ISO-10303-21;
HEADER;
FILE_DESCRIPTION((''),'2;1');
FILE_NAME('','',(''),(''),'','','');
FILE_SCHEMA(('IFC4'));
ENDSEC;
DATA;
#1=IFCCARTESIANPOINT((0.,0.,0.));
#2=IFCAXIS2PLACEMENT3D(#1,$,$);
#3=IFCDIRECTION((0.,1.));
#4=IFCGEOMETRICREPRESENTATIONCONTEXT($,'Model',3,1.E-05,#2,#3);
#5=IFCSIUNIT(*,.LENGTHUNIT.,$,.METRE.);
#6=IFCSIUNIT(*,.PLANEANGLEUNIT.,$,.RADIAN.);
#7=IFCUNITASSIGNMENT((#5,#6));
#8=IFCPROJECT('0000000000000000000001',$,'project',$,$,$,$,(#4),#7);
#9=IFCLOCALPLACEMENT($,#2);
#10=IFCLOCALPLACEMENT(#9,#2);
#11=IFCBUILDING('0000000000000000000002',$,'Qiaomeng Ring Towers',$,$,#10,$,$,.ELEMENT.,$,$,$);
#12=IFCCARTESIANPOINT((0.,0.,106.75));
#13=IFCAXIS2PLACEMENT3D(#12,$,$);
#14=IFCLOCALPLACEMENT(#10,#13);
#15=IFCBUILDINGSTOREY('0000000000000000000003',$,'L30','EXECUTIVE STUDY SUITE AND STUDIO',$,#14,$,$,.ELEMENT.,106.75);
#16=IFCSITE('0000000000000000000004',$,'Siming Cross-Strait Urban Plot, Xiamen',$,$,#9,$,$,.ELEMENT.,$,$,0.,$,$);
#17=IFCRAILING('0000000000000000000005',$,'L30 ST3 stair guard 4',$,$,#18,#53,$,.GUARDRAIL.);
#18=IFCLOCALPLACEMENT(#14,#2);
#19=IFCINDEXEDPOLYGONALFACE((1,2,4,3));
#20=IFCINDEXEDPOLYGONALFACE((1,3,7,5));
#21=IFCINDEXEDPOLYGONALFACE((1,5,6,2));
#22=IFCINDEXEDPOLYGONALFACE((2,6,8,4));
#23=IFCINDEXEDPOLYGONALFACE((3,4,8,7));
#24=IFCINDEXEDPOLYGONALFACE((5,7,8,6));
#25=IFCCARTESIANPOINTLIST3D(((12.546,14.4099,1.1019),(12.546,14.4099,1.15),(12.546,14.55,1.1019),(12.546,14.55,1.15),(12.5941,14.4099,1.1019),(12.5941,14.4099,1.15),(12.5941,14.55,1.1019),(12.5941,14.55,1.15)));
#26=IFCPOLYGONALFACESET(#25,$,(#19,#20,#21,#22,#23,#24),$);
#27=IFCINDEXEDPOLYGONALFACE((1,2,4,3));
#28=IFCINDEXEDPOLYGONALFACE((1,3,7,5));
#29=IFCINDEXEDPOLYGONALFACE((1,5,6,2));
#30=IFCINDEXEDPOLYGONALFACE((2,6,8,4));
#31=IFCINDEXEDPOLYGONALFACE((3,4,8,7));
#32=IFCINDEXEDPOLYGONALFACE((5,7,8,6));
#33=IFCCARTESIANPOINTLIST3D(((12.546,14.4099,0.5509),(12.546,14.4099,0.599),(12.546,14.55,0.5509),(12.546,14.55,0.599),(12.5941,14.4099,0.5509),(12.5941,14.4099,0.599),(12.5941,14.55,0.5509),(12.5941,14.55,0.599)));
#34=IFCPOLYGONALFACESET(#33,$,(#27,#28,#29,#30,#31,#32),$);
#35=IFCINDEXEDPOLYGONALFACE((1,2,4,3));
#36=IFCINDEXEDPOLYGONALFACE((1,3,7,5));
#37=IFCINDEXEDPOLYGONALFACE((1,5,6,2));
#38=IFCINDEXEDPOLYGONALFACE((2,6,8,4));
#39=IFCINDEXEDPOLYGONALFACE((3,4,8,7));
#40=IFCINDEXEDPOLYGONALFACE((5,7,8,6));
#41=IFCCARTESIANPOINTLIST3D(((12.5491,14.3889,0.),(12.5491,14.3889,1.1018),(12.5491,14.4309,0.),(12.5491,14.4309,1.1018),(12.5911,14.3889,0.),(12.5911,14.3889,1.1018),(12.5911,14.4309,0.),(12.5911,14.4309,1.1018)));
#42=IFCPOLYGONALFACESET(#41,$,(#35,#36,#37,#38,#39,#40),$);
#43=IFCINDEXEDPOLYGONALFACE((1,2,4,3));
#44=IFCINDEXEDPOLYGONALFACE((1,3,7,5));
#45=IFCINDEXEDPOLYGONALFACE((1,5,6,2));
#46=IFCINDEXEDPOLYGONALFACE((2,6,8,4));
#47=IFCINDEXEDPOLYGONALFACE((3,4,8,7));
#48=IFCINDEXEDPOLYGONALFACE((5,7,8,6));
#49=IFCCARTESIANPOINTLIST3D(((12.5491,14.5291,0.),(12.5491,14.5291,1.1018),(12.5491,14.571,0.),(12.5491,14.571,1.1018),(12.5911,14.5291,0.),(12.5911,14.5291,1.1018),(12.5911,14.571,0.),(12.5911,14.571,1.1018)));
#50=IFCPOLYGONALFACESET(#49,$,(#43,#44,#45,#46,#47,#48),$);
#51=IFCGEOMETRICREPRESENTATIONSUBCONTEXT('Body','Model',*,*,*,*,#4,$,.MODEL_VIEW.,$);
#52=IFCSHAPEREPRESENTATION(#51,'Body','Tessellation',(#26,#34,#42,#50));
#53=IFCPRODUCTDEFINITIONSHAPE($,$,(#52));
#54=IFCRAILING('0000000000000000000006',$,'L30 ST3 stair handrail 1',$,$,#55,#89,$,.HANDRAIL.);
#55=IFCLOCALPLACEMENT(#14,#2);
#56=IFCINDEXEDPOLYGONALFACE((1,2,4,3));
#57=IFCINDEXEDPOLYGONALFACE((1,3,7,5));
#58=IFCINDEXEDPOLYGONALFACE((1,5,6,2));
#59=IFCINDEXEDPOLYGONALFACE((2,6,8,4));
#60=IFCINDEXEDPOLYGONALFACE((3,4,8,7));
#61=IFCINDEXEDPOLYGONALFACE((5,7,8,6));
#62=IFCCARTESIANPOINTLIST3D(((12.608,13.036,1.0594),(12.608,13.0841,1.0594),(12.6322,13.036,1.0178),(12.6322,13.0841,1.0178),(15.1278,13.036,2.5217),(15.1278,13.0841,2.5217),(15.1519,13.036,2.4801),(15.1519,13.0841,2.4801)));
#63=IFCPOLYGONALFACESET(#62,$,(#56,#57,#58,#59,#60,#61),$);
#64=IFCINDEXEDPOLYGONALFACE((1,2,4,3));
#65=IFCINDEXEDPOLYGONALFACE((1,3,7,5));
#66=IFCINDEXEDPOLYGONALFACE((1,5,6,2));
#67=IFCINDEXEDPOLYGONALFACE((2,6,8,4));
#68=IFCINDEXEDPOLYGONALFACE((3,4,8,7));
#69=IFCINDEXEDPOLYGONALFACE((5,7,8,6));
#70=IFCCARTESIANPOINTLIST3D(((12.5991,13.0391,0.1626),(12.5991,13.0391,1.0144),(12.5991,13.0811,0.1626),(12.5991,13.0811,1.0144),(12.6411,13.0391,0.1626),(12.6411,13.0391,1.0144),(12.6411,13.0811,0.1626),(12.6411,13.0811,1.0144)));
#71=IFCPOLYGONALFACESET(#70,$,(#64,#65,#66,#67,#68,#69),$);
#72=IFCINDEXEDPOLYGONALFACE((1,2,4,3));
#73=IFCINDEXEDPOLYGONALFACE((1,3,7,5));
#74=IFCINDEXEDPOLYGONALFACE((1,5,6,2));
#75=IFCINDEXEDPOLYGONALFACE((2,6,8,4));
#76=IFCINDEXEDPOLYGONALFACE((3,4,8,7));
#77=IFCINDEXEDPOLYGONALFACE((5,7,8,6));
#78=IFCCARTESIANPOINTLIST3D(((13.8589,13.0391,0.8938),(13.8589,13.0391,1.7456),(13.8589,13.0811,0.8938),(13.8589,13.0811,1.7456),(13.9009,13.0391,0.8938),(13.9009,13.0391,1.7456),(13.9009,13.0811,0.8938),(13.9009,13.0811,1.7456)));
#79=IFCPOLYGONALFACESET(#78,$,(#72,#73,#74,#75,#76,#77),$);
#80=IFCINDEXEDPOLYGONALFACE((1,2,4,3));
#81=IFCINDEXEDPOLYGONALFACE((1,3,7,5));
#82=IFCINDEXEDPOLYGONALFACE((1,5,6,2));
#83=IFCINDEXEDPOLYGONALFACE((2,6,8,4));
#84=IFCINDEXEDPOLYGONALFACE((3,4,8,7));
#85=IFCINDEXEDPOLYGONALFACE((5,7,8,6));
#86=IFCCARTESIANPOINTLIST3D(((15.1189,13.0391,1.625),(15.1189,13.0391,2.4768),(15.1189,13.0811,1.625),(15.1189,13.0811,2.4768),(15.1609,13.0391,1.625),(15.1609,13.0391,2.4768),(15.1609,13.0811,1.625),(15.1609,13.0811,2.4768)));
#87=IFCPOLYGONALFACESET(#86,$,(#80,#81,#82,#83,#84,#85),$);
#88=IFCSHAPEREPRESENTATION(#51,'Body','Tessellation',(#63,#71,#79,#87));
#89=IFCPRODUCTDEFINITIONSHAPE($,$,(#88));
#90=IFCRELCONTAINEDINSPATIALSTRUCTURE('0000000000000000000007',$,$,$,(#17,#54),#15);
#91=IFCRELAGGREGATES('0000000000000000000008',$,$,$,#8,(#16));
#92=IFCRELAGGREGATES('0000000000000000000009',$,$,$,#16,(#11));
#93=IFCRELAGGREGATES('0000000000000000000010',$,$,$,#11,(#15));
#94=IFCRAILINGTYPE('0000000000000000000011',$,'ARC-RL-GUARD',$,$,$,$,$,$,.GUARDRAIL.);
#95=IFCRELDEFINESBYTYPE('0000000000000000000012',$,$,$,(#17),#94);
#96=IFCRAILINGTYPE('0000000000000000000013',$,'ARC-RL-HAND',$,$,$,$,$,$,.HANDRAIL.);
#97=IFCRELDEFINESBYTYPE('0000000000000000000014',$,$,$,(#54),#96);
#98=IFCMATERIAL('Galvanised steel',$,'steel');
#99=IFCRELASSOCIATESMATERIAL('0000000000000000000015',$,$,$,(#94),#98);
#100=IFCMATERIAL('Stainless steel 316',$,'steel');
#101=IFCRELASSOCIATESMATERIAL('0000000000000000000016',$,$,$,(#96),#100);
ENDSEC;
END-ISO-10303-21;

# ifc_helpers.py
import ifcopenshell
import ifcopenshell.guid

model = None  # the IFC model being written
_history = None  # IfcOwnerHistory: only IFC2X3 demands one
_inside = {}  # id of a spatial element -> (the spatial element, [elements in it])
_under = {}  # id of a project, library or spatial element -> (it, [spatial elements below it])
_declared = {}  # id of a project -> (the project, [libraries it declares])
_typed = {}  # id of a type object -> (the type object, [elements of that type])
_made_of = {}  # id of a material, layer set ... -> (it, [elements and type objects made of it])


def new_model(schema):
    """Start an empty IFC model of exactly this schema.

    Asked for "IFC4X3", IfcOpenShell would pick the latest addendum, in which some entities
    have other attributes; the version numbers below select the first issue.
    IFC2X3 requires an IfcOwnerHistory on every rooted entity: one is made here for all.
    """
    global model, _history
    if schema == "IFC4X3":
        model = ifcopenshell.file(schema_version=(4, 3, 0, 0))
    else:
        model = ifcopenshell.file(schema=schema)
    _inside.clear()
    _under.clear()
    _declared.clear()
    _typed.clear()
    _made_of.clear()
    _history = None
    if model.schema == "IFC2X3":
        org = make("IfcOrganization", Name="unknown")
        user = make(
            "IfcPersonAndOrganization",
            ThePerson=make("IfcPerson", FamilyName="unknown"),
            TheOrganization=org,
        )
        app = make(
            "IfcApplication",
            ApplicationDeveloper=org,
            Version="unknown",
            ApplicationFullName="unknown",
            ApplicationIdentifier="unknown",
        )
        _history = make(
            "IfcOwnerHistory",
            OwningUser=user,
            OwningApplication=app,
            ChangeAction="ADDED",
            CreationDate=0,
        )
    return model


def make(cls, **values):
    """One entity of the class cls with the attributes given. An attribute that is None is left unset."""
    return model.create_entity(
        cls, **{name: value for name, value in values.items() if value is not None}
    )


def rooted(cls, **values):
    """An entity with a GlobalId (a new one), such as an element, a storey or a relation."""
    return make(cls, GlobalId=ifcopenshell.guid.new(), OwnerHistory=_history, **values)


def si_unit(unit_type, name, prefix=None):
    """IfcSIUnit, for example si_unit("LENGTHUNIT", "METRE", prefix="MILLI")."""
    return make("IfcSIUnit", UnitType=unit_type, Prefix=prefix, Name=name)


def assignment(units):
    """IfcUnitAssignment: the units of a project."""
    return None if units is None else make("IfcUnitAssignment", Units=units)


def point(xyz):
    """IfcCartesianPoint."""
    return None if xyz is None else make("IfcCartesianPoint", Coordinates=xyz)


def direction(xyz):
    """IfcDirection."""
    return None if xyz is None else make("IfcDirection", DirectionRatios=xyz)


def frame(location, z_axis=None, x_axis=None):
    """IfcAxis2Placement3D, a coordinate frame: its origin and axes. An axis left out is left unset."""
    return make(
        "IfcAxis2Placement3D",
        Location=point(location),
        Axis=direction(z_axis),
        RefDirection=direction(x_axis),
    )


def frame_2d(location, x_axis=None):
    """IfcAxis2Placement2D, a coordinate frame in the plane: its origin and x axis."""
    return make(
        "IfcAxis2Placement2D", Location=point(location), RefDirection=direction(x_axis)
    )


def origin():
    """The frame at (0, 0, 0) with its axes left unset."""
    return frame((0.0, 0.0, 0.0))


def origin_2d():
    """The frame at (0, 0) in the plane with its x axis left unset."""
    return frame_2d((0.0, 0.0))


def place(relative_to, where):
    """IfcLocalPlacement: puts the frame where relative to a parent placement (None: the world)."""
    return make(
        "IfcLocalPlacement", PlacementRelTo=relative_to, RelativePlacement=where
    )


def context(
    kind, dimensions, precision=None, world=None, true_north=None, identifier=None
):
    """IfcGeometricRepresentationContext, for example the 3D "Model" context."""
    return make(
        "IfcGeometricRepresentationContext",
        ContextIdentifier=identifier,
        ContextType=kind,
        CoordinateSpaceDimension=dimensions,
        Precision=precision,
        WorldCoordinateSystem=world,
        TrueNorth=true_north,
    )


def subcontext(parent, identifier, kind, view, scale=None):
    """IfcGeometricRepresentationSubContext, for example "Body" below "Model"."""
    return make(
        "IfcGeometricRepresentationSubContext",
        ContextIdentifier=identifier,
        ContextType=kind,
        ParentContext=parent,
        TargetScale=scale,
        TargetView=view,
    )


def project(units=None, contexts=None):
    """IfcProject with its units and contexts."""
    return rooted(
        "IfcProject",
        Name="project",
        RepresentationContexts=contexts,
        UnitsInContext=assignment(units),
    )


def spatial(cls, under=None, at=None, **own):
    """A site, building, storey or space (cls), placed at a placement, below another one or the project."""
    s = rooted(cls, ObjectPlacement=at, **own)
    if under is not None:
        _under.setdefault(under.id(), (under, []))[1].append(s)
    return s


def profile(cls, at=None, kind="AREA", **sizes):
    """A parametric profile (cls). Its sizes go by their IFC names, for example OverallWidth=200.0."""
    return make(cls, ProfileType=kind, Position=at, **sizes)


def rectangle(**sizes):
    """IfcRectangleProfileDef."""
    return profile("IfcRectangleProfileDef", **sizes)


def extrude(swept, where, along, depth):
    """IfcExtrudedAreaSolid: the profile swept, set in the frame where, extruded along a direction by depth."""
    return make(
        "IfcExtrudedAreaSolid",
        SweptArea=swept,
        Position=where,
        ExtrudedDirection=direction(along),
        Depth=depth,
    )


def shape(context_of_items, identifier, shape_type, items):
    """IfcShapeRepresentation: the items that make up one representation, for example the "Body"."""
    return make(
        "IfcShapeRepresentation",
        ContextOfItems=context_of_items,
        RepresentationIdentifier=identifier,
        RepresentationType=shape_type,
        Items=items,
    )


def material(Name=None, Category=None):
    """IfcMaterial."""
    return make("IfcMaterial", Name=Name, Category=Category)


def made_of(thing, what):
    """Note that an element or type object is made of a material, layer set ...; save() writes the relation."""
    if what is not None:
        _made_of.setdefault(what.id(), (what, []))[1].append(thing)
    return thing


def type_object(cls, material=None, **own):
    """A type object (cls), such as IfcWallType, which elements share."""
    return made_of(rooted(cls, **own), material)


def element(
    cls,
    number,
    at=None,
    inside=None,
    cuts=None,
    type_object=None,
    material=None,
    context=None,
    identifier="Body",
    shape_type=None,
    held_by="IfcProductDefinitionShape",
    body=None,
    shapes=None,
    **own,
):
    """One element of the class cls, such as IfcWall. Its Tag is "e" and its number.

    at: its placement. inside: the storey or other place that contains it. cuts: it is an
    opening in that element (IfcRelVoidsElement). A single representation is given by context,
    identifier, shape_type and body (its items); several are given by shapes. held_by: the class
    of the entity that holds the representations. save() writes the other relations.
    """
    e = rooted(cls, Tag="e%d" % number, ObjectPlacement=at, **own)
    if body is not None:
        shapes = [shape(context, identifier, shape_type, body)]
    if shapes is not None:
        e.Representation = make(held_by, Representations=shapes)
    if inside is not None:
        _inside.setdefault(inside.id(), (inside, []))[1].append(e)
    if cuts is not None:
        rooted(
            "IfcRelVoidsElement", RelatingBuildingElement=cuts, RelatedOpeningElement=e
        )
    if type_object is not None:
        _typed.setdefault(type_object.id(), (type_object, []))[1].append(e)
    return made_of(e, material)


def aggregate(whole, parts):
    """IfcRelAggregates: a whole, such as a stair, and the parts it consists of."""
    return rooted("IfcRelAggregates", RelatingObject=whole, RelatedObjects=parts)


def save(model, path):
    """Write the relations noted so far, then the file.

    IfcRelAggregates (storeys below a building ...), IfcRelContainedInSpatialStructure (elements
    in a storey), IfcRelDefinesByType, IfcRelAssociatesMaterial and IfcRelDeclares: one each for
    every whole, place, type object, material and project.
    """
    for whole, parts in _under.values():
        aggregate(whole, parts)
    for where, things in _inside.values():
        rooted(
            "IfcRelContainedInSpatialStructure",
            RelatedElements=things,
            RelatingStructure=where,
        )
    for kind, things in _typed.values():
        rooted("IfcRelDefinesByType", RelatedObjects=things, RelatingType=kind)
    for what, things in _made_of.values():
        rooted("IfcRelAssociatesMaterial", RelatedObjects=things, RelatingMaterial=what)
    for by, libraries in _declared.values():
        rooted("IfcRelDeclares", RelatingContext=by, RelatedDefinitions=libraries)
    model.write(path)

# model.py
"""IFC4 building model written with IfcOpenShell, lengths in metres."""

from ifc_helpers import new_model, si_unit, direction, frame, origin, origin_2d, place, context, subcontext, project, spatial, rectangle, extrude, material, type_object, element, save


model = new_model("IFC4")

# Units and contexts
model_context = context("Model", 3, precision=1e-05, world=origin(), true_north=direction((0.0, 1.0)))
body_context = subcontext(model_context, "Body", "Model", "MODEL_VIEW")
ifc_project = project(units=[si_unit("LENGTHUNIT", "METRE"), si_unit("PLANEANGLEUNIT", "RADIAN")], contexts=[model_context])

# Site, building, storey
site_placement = place(None, origin())
site = spatial("IfcSite", under=ifc_project, at=site_placement, Name="Siming Cross-Strait Urban Plot, Xiamen", CompositionType="ELEMENT", RefElevation=0.0)
building_placement = place(site_placement, origin())
building = spatial("IfcBuilding", under=site, at=building_placement, Name="Qiaomeng Ring Towers", CompositionType="ELEMENT")
storey_placement = place(building_placement, frame((0.0, 0.0, 106.75)))
storey = spatial("IfcBuildingStorey", under=building, at=storey_placement, Name="L30", Description="EXECUTIVE STUDY SUITE AND STUDIO", CompositionType="ELEMENT", Elevation=106.75)

# Shared definitions
ifc_material_1 = material(Name="Galvanised steel", Category="steel")

# Railings
railing_type_1 = type_object("IfcRailingType", Name="ARC-RL-GUARD", PredefinedType="GUARDRAIL", material=ifc_material_1)
railing_1_placement = place(storey_placement, frame((12.5701, 14.4099, 0.0)))
element("IfcRailing", 1, at=railing_1_placement, inside=storey, type_object=railing_type_1, Name="L30 ST3 stair guard 4", PredefinedType="GUARDRAIL", context=body_context, shape_type="SweptSolid", body=[
    extrude(rectangle(XDim=0.0481, YDim=0.0481, at=origin_2d()), frame((0.0, 0.0, 1.126), z_axis=(0.0, 1.0, 0.0), x_axis=(-1.0, 0.0, 0.0)), (0.0, 0.0, 1.0), 0.1401),
    extrude(rectangle(XDim=0.0481, YDim=0.0481, at=origin_2d()), frame((0.0, 0.0, 0.575), z_axis=(0.0, 1.0, 0.0), x_axis=(-1.0, 0.0, 0.0)), (0.0, 0.0, 1.0), 0.1401),
    extrude(rectangle(XDim=0.042, YDim=0.042, at=origin_2d()), origin(), (0.0, 0.0, 1.0), 1.1018),
    extrude(rectangle(XDim=0.042, YDim=0.042, at=origin_2d()), frame((0.0, 0.1401, 0.0)), (0.0, 0.0, 1.0), 1.1018),
])
ifc_material_2 = material(Name="Stainless steel 316", Category="steel")
railing_type_2 = type_object("IfcRailingType", Name="ARC-RL-HAND", PredefinedType="HANDRAIL", material=ifc_material_2)
railing_2_placement = place(storey_placement, frame((12.6201, 13.0601, 0.1626)))
element("IfcRailing", 2, at=railing_2_placement, inside=storey, type_object=railing_type_2, Name="L30 ST3 stair handrail 1", PredefinedType="HANDRAIL", context=body_context, shape_type="SweptSolid", body=[
    extrude(rectangle(XDim=0.0481, YDim=0.0481, at=origin_2d()), frame((0.0, 0.0, 0.876), z_axis=(0.864892, 0.0, 0.501958), x_axis=(0.0, 1.0, 0.0)), (0.0, 0.0, 1.0), 2.9133),
    extrude(rectangle(XDim=0.042, YDim=0.042, at=origin_2d()), origin(), (0.0, 0.0, 1.0), 0.8518),
    extrude(rectangle(XDim=0.042, YDim=0.042, at=origin_2d()), frame((1.2598, 0.0, 0.7312)), (0.0, 0.0, 1.0), 0.8518),
    extrude(rectangle(XDim=0.042, YDim=0.042, at=origin_2d()), frame((2.5198, 0.0, 1.4624)), (0.0, 0.0, 1.0), 0.8518),
])

save(model, "model.ifc")
